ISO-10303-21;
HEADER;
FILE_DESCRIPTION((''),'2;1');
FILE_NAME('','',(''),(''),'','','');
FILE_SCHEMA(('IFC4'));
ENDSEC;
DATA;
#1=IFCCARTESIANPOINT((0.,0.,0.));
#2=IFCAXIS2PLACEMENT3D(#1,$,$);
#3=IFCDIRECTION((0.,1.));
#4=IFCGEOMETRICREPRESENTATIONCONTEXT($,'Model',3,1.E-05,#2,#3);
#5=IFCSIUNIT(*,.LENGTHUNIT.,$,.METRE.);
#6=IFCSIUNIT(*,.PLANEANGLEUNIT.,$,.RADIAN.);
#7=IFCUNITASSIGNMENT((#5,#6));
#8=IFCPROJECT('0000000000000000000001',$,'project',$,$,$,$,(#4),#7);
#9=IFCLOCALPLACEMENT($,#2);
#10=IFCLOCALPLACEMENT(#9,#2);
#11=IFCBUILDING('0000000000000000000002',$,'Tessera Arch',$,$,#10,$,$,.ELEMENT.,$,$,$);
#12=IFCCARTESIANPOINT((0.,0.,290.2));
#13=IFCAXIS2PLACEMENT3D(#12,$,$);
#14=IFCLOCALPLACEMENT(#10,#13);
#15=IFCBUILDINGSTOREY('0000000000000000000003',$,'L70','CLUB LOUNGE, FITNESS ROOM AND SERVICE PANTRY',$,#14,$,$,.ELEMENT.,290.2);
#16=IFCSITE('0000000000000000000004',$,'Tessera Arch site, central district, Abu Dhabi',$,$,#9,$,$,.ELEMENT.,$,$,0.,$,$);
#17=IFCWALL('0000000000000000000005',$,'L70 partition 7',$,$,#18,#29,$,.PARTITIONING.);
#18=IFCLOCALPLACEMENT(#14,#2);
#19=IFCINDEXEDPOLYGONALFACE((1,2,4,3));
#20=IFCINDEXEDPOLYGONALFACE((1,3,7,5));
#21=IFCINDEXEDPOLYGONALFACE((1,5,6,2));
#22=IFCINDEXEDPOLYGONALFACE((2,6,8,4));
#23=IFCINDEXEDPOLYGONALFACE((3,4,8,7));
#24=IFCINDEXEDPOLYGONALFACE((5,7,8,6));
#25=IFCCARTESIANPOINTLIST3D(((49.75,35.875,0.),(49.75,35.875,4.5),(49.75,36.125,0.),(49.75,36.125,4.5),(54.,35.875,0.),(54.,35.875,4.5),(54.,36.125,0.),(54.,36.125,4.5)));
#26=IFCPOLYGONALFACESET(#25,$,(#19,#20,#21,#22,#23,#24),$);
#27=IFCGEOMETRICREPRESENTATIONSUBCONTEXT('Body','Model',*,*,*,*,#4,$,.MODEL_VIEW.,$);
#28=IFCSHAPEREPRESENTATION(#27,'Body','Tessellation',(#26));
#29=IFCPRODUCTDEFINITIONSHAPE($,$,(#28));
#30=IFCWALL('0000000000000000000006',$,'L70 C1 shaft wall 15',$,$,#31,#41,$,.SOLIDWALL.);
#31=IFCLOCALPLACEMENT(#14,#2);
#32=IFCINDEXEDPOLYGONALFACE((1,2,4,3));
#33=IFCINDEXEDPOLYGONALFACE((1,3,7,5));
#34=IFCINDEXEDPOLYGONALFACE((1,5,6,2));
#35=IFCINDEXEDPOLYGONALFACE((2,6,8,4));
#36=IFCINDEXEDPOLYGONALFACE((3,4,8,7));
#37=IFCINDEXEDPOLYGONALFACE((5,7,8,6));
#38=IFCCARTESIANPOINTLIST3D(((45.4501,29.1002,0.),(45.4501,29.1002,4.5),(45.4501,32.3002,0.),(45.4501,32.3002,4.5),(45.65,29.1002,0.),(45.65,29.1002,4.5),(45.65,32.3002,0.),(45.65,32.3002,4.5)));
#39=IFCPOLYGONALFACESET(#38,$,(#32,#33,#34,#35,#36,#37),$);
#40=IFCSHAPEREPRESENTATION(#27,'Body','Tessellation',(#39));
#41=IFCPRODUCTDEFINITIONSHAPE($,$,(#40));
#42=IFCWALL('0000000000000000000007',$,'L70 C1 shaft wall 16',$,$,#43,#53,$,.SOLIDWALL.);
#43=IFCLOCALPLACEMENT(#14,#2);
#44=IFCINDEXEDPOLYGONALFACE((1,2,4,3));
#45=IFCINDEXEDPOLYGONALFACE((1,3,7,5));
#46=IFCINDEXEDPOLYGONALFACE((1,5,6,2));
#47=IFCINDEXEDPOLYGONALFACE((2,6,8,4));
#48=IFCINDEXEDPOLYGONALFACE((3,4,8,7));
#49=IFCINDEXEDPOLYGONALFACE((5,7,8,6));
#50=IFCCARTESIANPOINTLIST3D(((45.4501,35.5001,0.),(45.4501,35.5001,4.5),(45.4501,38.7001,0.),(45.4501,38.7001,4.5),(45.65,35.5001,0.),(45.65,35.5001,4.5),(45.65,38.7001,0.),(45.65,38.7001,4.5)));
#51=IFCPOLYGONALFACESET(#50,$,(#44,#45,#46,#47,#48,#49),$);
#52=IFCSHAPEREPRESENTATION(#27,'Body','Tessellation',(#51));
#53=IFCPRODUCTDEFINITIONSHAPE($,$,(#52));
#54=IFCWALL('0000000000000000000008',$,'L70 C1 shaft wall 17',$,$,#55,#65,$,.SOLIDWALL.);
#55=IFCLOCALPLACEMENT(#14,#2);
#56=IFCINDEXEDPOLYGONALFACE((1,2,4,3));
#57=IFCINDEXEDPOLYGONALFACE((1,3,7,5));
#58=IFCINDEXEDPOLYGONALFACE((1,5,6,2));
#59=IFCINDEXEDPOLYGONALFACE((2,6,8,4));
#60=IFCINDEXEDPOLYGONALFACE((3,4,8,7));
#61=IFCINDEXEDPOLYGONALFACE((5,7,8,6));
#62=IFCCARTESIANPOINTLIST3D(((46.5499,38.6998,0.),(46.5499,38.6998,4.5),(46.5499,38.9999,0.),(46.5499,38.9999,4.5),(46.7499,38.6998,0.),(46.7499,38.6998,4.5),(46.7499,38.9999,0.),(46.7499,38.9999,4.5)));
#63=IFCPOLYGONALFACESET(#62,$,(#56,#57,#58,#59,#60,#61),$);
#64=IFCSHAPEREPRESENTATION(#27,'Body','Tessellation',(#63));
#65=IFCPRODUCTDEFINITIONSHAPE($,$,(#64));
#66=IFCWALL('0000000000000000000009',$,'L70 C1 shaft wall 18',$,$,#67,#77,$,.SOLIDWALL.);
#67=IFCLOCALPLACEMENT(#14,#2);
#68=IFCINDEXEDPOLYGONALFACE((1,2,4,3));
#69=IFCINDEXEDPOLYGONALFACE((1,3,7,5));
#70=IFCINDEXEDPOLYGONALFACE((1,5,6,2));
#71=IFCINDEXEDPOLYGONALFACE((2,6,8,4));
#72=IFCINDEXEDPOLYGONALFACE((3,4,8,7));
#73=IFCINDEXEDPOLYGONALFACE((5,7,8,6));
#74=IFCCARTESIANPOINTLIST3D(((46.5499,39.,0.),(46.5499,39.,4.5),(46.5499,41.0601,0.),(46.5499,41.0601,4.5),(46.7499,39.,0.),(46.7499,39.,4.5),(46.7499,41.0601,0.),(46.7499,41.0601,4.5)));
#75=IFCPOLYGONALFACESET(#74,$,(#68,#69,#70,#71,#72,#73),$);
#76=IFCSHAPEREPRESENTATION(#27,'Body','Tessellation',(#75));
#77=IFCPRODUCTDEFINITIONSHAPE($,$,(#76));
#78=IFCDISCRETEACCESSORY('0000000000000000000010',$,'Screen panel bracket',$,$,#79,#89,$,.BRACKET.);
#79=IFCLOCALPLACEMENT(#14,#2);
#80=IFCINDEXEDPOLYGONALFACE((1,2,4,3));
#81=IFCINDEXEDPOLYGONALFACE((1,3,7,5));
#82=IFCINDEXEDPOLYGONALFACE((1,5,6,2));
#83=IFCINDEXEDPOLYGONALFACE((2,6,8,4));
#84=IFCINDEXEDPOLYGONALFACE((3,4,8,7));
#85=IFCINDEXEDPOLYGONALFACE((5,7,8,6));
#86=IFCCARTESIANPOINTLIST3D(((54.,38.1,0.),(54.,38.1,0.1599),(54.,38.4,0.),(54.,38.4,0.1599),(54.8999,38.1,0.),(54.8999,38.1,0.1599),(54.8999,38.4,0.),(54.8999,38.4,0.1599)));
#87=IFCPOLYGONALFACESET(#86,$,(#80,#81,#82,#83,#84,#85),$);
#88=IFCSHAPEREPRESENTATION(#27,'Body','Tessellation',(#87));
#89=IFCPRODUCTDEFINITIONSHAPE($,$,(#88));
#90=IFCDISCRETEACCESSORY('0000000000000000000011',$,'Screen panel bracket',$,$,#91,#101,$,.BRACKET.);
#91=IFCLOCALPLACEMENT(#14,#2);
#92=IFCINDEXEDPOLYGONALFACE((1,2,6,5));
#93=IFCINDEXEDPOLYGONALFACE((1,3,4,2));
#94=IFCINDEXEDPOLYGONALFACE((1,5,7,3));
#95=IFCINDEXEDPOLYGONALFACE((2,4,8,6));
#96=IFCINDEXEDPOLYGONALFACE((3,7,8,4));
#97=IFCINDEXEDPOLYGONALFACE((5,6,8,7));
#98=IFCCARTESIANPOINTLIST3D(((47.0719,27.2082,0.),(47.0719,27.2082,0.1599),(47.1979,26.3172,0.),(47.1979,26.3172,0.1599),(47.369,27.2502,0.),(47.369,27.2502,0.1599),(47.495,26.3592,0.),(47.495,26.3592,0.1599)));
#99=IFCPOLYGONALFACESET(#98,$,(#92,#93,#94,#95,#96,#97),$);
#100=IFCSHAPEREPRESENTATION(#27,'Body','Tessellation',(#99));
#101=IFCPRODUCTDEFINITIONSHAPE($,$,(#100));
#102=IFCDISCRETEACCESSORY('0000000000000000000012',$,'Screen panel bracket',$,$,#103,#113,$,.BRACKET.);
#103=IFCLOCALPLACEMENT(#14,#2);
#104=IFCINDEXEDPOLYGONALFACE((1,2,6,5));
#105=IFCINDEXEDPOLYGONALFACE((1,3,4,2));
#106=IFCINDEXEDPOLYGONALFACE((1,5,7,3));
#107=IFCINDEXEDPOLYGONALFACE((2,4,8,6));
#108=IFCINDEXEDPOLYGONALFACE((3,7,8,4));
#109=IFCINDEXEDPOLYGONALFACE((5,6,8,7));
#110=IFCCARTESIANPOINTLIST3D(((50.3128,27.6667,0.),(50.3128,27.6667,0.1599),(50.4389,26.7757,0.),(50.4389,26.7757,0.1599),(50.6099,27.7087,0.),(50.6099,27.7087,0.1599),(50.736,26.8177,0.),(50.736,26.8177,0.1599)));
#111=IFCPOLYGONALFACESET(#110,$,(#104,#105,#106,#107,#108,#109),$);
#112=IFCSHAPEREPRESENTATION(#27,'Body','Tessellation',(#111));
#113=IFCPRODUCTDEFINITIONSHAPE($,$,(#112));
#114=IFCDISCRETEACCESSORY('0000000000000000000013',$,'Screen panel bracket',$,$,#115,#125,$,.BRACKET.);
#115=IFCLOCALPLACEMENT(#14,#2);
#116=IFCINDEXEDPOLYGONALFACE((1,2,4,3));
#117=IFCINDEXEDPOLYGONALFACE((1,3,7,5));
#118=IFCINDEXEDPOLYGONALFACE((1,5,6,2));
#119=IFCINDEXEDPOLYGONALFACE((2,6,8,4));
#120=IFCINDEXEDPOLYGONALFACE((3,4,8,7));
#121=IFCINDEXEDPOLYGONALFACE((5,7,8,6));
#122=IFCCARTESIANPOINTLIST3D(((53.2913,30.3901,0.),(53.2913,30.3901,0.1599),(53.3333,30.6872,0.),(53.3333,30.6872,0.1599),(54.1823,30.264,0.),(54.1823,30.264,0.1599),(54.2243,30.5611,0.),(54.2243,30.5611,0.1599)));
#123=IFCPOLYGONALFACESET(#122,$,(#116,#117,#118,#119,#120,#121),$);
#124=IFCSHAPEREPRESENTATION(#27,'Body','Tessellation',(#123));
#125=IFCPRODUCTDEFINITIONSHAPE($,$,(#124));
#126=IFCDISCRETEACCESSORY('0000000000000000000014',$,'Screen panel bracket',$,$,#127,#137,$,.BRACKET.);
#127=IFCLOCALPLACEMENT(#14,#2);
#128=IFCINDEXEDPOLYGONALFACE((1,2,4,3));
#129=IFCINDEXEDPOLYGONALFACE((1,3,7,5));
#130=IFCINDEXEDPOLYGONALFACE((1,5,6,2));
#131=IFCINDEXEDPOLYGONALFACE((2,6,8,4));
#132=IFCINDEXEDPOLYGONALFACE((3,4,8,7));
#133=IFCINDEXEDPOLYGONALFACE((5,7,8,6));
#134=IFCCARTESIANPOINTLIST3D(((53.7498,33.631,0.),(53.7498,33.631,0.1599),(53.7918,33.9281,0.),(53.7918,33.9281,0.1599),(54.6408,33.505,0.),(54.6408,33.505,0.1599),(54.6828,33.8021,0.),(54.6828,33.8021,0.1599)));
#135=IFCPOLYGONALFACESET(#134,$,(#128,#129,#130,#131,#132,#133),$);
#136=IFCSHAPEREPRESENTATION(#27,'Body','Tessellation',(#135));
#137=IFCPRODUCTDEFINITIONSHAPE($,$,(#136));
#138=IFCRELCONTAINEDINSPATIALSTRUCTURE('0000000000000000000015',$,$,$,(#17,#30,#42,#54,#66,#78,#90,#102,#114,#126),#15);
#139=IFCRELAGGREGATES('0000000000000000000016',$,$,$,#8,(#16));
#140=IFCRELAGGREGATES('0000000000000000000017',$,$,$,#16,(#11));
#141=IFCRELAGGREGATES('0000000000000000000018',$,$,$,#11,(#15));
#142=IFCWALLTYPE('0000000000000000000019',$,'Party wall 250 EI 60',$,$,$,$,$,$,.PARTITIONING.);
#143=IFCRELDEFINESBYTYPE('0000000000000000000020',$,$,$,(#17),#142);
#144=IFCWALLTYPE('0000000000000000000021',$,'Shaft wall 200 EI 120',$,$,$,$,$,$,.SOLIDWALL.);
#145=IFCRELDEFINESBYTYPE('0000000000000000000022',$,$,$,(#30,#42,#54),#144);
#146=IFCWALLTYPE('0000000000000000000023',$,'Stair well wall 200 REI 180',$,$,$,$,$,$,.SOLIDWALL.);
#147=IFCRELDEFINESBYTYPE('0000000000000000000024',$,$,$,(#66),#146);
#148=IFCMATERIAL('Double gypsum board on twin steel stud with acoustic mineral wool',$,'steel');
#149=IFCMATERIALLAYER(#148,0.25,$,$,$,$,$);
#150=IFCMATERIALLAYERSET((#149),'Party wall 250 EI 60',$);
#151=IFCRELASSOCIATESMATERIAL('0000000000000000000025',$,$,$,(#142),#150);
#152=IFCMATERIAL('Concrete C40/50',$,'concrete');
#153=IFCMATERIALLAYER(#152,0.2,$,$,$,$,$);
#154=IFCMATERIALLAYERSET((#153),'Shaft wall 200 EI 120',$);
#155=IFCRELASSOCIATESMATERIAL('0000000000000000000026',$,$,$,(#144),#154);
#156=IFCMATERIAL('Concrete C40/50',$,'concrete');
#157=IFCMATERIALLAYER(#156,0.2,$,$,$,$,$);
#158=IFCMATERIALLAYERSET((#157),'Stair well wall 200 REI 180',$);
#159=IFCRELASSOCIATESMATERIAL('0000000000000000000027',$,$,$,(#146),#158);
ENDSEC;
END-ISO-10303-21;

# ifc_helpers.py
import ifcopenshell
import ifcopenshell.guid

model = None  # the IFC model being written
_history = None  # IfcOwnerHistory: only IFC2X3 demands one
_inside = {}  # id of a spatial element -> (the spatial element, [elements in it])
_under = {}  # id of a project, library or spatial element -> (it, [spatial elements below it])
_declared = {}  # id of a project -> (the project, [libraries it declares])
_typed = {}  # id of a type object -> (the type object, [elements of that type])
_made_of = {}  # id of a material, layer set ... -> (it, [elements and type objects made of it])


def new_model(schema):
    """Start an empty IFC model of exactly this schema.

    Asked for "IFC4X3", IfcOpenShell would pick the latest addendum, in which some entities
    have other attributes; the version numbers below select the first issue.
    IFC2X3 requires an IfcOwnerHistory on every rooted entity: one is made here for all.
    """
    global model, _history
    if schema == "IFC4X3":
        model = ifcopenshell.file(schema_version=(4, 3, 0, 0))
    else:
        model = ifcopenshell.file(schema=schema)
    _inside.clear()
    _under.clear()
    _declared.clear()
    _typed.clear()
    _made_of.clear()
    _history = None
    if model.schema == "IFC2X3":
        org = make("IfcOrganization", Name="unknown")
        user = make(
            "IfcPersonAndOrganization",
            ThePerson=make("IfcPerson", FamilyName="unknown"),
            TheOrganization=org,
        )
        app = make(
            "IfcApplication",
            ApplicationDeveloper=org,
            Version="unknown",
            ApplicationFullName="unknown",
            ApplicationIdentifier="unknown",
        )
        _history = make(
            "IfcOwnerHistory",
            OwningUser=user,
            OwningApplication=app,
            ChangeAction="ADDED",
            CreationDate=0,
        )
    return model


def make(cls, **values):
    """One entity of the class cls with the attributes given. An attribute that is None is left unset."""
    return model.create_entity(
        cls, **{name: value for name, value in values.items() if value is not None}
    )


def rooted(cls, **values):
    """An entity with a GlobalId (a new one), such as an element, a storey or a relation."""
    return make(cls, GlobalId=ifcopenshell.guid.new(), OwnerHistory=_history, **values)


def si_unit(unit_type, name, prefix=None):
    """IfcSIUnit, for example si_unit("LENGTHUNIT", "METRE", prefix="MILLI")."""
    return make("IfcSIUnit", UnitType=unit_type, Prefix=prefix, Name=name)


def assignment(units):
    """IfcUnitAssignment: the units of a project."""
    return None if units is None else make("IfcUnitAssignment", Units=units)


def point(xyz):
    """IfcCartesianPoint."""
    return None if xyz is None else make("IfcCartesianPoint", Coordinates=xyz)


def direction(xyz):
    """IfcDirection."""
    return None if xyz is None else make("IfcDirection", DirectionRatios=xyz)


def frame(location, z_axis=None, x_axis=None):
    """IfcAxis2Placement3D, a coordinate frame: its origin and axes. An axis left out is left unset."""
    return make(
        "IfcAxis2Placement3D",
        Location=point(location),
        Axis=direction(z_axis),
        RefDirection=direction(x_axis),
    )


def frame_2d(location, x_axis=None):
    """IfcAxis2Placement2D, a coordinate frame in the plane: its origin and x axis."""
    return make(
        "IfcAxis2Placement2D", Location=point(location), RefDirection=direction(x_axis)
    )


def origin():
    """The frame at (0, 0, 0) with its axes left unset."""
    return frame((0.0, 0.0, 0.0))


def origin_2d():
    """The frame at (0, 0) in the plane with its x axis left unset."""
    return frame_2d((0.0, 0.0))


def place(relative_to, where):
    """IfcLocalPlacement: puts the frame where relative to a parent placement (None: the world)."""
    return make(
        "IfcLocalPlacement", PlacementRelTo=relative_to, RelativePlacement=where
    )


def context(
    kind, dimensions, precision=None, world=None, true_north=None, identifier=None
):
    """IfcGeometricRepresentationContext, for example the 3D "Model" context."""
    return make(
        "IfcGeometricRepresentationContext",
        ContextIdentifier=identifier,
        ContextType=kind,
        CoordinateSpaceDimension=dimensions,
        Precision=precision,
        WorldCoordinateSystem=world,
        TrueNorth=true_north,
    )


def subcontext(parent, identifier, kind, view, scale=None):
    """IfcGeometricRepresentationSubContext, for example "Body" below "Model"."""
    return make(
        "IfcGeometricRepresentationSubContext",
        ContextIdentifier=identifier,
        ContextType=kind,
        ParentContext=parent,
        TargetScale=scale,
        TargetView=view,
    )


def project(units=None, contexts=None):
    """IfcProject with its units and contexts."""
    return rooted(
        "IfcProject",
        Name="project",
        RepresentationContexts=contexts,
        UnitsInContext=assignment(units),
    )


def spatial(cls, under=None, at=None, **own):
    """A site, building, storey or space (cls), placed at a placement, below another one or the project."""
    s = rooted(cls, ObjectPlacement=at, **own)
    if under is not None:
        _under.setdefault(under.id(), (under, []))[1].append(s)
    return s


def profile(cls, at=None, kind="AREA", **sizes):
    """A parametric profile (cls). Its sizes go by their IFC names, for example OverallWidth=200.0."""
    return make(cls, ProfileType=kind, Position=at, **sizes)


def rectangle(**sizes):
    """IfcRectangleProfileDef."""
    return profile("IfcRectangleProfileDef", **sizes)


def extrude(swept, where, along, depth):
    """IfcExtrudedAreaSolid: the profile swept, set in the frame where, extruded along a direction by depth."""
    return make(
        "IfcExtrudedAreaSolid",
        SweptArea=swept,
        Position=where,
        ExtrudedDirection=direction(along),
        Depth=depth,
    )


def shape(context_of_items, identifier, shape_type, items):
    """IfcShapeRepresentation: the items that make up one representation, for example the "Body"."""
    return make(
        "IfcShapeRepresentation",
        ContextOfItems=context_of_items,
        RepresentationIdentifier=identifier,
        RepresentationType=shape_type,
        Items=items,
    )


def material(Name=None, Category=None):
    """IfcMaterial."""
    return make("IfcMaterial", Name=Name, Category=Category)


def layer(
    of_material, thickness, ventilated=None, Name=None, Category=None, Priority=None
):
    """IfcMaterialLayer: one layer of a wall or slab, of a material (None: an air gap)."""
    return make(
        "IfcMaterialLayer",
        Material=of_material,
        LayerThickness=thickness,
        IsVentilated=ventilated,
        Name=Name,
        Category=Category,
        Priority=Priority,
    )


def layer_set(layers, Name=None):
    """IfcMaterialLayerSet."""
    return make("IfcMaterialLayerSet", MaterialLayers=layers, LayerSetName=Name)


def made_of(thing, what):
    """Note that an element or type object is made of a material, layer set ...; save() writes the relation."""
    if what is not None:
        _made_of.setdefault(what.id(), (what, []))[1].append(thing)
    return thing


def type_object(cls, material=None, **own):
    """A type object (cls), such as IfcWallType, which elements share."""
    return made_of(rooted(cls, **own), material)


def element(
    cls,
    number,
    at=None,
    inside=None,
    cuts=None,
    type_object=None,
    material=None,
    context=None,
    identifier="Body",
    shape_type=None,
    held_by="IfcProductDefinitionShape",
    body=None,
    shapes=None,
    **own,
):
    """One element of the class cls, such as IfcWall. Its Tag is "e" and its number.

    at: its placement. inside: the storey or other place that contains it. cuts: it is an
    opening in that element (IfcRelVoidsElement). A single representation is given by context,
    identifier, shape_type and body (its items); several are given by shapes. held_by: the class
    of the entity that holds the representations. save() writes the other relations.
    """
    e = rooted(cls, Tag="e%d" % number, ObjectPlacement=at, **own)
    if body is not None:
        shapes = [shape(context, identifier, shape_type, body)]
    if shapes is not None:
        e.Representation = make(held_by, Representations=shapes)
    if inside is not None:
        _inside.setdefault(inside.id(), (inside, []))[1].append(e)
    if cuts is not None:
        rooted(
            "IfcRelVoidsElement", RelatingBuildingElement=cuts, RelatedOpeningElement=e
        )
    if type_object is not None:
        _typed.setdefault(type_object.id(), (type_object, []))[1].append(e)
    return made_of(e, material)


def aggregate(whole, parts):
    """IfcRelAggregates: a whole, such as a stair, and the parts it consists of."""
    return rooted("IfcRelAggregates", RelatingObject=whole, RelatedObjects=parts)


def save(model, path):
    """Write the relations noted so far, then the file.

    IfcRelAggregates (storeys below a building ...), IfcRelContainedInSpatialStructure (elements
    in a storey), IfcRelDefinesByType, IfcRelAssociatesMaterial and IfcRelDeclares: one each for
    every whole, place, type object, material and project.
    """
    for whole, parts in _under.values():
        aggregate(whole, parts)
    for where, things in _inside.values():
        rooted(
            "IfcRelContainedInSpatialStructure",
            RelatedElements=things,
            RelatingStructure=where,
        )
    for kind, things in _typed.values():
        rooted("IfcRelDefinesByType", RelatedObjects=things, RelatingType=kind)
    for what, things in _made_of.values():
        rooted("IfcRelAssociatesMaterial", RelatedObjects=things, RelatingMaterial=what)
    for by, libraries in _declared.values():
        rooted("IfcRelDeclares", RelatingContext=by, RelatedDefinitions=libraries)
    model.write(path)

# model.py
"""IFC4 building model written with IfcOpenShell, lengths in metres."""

from ifc_helpers import new_model, si_unit, direction, frame, frame_2d, origin, origin_2d, place, context, subcontext, project, spatial, rectangle, extrude, material, layer, layer_set, type_object, element, save


model = new_model("IFC4")

# Units and contexts
model_context = context("Model", 3, precision=1e-05, world=origin(), true_north=direction((0.0, 1.0)))
body_context = subcontext(model_context, "Body", "Model", "MODEL_VIEW")
ifc_project = project(units=[si_unit("LENGTHUNIT", "METRE"), si_unit("PLANEANGLEUNIT", "RADIAN")], contexts=[model_context])

# Site, building, storey
site_placement = place(None, origin())
site = spatial("IfcSite", under=ifc_project, at=site_placement, Name="Tessera Arch site, central district, Abu Dhabi", CompositionType="ELEMENT", RefElevation=0.0)
building_placement = place(site_placement, origin())
building = spatial("IfcBuilding", under=site, at=building_placement, Name="Tessera Arch", CompositionType="ELEMENT")
storey_placement = place(building_placement, frame((0.0, 0.0, 290.2)))
storey = spatial("IfcBuildingStorey", under=building, at=storey_placement, Name="L70", Description="CLUB LOUNGE, FITNESS ROOM AND SERVICE PANTRY", CompositionType="ELEMENT", Elevation=290.2)

# Walls
ifc_material_1 = material(Name="Double gypsum board on twin steel stud with acoustic mineral wool", Category="steel")
ifc_layer_1 = layer(ifc_material_1, 0.25)
ifc_layer_set_1 = layer_set([ifc_layer_1], Name="Party wall 250 EI 60")
wall_type_1 = type_object("IfcWallType", Name="Party wall 250 EI 60", PredefinedType="PARTITIONING", material=ifc_layer_set_1)
wall_1_placement = place(storey_placement, frame((49.75, 36.0, 0.0), z_axis=(0.0, 0.0, 1.0), x_axis=(1.0, 0.0, 0.0)))
element("IfcWall", 1, at=wall_1_placement, inside=storey, type_object=wall_type_1, Name="L70 partition 7", PredefinedType="PARTITIONING", context=body_context, shape_type="SweptSolid", body=[
    extrude(rectangle(XDim=4.25, YDim=0.25, at=frame_2d((2.125, 0.0))), origin(), (0.0, 0.0, 1.0), 4.5),
])
ifc_material_2 = material(Name="Concrete C40/50", Category="concrete")
ifc_layer_2 = layer(ifc_material_2, 0.2)
ifc_layer_set_2 = layer_set([ifc_layer_2], Name="Shaft wall 200 EI 120")
wall_type_2 = type_object("IfcWallType", Name="Shaft wall 200 EI 120", PredefinedType="SOLIDWALL", material=ifc_layer_set_2)
for number, where, z_axis, x_axis, name in (
    (2, (45.55, 29.1001, 0.0), (0.0, 0.0, 1.0), (0.0, 1.0, 0.0), "L70 C1 shaft wall 15"),
    (3, (45.55, 35.5, 0.0), (0.0, 0.0, 1.0), (0.0, 1.0, 0.0), "L70 C1 shaft wall 16"),
):
    element("IfcWall", number, at=place(storey_placement, frame(where, z_axis=z_axis, x_axis=x_axis)), inside=storey, type_object=wall_type_2, Name=name, PredefinedType="SOLIDWALL", context=body_context, shape_type="SweptSolid", body=[
        extrude(rectangle(XDim=3.2, YDim=0.2, at=frame_2d((1.6001, 0.0))), origin(), (0.0, 0.0, 1.0), 4.5),
    ])
wall_2_placement = place(storey_placement, frame((46.6499, 38.7, 0.0), z_axis=(0.0, 0.0, 1.0), x_axis=(0.0, 1.0, 0.0)))
element("IfcWall", 4, at=wall_2_placement, inside=storey, type_object=wall_type_2, Name="L70 C1 shaft wall 17", PredefinedType="SOLIDWALL", context=body_context, shape_type="SweptSolid", body=[
    extrude(rectangle(XDim=0.3, YDim=0.2, at=frame_2d((0.1499, 0.0))), origin(), (0.0, 0.0, 1.0), 4.5),
])
ifc_material_3 = material(Name="Concrete C40/50", Category="concrete")
ifc_layer_3 = layer(ifc_material_3, 0.2)
ifc_layer_set_3 = layer_set([ifc_layer_3], Name="Stair well wall 200 REI 180")
wall_type_3 = type_object("IfcWallType", Name="Stair well wall 200 REI 180", PredefinedType="SOLIDWALL", material=ifc_layer_set_3)
wall_3_placement = place(storey_placement, frame((46.6499, 39.0, 0.0), z_axis=(0.0, 0.0, 1.0), x_axis=(0.0, 1.0, 0.0)))
element("IfcWall", 5, at=wall_3_placement, inside=storey, type_object=wall_type_3, Name="L70 C1 shaft wall 18", PredefinedType="SOLIDWALL", context=body_context, shape_type="SweptSolid", body=[
    extrude(rectangle(XDim=2.0601, YDim=0.2, at=frame_2d((1.03, 0.0))), origin(), (0.0, 0.0, 1.0), 4.5),
])

# Discrete accessories
for number, where, z_axis, x_axis, name in (
    (6, (54.45, 38.25, 0.0), (0.0, 0.0, 1.0), (1.0, 0.0, 0.0), "Screen panel bracket"),
    (7, (47.2834, 26.7837, 0.0), (0.0, 0.0, 1.0), (0.140089, -0.990139, 0.0), "Screen panel bracket"),
    (8, (50.5244, 27.2422, 0.0), (0.0, 0.0, 1.0), (0.140089, -0.990139, 0.0), "Screen panel bracket"),
    (9, (53.7578, 30.4756, 0.0), (0.0, 0.0, 1.0), (0.990139, -0.140089, 0.0), "Screen panel bracket"),
    (10, (54.2163, 33.7166, 0.0), (0.0, 0.0, 1.0), (0.990139, -0.140089, 0.0), "Screen panel bracket"),
):
    element("IfcDiscreteAccessory", number, at=place(storey_placement, frame(where, z_axis=z_axis, x_axis=x_axis)), inside=storey, Name=name, PredefinedType="BRACKET", context=body_context, shape_type="SweptSolid", body=[
        extrude(rectangle(XDim=0.8999, YDim=0.3, at=origin_2d()), origin(), (0.0, 0.0, 1.0), 0.1599),
    ])

save(model, "model.ifc")
